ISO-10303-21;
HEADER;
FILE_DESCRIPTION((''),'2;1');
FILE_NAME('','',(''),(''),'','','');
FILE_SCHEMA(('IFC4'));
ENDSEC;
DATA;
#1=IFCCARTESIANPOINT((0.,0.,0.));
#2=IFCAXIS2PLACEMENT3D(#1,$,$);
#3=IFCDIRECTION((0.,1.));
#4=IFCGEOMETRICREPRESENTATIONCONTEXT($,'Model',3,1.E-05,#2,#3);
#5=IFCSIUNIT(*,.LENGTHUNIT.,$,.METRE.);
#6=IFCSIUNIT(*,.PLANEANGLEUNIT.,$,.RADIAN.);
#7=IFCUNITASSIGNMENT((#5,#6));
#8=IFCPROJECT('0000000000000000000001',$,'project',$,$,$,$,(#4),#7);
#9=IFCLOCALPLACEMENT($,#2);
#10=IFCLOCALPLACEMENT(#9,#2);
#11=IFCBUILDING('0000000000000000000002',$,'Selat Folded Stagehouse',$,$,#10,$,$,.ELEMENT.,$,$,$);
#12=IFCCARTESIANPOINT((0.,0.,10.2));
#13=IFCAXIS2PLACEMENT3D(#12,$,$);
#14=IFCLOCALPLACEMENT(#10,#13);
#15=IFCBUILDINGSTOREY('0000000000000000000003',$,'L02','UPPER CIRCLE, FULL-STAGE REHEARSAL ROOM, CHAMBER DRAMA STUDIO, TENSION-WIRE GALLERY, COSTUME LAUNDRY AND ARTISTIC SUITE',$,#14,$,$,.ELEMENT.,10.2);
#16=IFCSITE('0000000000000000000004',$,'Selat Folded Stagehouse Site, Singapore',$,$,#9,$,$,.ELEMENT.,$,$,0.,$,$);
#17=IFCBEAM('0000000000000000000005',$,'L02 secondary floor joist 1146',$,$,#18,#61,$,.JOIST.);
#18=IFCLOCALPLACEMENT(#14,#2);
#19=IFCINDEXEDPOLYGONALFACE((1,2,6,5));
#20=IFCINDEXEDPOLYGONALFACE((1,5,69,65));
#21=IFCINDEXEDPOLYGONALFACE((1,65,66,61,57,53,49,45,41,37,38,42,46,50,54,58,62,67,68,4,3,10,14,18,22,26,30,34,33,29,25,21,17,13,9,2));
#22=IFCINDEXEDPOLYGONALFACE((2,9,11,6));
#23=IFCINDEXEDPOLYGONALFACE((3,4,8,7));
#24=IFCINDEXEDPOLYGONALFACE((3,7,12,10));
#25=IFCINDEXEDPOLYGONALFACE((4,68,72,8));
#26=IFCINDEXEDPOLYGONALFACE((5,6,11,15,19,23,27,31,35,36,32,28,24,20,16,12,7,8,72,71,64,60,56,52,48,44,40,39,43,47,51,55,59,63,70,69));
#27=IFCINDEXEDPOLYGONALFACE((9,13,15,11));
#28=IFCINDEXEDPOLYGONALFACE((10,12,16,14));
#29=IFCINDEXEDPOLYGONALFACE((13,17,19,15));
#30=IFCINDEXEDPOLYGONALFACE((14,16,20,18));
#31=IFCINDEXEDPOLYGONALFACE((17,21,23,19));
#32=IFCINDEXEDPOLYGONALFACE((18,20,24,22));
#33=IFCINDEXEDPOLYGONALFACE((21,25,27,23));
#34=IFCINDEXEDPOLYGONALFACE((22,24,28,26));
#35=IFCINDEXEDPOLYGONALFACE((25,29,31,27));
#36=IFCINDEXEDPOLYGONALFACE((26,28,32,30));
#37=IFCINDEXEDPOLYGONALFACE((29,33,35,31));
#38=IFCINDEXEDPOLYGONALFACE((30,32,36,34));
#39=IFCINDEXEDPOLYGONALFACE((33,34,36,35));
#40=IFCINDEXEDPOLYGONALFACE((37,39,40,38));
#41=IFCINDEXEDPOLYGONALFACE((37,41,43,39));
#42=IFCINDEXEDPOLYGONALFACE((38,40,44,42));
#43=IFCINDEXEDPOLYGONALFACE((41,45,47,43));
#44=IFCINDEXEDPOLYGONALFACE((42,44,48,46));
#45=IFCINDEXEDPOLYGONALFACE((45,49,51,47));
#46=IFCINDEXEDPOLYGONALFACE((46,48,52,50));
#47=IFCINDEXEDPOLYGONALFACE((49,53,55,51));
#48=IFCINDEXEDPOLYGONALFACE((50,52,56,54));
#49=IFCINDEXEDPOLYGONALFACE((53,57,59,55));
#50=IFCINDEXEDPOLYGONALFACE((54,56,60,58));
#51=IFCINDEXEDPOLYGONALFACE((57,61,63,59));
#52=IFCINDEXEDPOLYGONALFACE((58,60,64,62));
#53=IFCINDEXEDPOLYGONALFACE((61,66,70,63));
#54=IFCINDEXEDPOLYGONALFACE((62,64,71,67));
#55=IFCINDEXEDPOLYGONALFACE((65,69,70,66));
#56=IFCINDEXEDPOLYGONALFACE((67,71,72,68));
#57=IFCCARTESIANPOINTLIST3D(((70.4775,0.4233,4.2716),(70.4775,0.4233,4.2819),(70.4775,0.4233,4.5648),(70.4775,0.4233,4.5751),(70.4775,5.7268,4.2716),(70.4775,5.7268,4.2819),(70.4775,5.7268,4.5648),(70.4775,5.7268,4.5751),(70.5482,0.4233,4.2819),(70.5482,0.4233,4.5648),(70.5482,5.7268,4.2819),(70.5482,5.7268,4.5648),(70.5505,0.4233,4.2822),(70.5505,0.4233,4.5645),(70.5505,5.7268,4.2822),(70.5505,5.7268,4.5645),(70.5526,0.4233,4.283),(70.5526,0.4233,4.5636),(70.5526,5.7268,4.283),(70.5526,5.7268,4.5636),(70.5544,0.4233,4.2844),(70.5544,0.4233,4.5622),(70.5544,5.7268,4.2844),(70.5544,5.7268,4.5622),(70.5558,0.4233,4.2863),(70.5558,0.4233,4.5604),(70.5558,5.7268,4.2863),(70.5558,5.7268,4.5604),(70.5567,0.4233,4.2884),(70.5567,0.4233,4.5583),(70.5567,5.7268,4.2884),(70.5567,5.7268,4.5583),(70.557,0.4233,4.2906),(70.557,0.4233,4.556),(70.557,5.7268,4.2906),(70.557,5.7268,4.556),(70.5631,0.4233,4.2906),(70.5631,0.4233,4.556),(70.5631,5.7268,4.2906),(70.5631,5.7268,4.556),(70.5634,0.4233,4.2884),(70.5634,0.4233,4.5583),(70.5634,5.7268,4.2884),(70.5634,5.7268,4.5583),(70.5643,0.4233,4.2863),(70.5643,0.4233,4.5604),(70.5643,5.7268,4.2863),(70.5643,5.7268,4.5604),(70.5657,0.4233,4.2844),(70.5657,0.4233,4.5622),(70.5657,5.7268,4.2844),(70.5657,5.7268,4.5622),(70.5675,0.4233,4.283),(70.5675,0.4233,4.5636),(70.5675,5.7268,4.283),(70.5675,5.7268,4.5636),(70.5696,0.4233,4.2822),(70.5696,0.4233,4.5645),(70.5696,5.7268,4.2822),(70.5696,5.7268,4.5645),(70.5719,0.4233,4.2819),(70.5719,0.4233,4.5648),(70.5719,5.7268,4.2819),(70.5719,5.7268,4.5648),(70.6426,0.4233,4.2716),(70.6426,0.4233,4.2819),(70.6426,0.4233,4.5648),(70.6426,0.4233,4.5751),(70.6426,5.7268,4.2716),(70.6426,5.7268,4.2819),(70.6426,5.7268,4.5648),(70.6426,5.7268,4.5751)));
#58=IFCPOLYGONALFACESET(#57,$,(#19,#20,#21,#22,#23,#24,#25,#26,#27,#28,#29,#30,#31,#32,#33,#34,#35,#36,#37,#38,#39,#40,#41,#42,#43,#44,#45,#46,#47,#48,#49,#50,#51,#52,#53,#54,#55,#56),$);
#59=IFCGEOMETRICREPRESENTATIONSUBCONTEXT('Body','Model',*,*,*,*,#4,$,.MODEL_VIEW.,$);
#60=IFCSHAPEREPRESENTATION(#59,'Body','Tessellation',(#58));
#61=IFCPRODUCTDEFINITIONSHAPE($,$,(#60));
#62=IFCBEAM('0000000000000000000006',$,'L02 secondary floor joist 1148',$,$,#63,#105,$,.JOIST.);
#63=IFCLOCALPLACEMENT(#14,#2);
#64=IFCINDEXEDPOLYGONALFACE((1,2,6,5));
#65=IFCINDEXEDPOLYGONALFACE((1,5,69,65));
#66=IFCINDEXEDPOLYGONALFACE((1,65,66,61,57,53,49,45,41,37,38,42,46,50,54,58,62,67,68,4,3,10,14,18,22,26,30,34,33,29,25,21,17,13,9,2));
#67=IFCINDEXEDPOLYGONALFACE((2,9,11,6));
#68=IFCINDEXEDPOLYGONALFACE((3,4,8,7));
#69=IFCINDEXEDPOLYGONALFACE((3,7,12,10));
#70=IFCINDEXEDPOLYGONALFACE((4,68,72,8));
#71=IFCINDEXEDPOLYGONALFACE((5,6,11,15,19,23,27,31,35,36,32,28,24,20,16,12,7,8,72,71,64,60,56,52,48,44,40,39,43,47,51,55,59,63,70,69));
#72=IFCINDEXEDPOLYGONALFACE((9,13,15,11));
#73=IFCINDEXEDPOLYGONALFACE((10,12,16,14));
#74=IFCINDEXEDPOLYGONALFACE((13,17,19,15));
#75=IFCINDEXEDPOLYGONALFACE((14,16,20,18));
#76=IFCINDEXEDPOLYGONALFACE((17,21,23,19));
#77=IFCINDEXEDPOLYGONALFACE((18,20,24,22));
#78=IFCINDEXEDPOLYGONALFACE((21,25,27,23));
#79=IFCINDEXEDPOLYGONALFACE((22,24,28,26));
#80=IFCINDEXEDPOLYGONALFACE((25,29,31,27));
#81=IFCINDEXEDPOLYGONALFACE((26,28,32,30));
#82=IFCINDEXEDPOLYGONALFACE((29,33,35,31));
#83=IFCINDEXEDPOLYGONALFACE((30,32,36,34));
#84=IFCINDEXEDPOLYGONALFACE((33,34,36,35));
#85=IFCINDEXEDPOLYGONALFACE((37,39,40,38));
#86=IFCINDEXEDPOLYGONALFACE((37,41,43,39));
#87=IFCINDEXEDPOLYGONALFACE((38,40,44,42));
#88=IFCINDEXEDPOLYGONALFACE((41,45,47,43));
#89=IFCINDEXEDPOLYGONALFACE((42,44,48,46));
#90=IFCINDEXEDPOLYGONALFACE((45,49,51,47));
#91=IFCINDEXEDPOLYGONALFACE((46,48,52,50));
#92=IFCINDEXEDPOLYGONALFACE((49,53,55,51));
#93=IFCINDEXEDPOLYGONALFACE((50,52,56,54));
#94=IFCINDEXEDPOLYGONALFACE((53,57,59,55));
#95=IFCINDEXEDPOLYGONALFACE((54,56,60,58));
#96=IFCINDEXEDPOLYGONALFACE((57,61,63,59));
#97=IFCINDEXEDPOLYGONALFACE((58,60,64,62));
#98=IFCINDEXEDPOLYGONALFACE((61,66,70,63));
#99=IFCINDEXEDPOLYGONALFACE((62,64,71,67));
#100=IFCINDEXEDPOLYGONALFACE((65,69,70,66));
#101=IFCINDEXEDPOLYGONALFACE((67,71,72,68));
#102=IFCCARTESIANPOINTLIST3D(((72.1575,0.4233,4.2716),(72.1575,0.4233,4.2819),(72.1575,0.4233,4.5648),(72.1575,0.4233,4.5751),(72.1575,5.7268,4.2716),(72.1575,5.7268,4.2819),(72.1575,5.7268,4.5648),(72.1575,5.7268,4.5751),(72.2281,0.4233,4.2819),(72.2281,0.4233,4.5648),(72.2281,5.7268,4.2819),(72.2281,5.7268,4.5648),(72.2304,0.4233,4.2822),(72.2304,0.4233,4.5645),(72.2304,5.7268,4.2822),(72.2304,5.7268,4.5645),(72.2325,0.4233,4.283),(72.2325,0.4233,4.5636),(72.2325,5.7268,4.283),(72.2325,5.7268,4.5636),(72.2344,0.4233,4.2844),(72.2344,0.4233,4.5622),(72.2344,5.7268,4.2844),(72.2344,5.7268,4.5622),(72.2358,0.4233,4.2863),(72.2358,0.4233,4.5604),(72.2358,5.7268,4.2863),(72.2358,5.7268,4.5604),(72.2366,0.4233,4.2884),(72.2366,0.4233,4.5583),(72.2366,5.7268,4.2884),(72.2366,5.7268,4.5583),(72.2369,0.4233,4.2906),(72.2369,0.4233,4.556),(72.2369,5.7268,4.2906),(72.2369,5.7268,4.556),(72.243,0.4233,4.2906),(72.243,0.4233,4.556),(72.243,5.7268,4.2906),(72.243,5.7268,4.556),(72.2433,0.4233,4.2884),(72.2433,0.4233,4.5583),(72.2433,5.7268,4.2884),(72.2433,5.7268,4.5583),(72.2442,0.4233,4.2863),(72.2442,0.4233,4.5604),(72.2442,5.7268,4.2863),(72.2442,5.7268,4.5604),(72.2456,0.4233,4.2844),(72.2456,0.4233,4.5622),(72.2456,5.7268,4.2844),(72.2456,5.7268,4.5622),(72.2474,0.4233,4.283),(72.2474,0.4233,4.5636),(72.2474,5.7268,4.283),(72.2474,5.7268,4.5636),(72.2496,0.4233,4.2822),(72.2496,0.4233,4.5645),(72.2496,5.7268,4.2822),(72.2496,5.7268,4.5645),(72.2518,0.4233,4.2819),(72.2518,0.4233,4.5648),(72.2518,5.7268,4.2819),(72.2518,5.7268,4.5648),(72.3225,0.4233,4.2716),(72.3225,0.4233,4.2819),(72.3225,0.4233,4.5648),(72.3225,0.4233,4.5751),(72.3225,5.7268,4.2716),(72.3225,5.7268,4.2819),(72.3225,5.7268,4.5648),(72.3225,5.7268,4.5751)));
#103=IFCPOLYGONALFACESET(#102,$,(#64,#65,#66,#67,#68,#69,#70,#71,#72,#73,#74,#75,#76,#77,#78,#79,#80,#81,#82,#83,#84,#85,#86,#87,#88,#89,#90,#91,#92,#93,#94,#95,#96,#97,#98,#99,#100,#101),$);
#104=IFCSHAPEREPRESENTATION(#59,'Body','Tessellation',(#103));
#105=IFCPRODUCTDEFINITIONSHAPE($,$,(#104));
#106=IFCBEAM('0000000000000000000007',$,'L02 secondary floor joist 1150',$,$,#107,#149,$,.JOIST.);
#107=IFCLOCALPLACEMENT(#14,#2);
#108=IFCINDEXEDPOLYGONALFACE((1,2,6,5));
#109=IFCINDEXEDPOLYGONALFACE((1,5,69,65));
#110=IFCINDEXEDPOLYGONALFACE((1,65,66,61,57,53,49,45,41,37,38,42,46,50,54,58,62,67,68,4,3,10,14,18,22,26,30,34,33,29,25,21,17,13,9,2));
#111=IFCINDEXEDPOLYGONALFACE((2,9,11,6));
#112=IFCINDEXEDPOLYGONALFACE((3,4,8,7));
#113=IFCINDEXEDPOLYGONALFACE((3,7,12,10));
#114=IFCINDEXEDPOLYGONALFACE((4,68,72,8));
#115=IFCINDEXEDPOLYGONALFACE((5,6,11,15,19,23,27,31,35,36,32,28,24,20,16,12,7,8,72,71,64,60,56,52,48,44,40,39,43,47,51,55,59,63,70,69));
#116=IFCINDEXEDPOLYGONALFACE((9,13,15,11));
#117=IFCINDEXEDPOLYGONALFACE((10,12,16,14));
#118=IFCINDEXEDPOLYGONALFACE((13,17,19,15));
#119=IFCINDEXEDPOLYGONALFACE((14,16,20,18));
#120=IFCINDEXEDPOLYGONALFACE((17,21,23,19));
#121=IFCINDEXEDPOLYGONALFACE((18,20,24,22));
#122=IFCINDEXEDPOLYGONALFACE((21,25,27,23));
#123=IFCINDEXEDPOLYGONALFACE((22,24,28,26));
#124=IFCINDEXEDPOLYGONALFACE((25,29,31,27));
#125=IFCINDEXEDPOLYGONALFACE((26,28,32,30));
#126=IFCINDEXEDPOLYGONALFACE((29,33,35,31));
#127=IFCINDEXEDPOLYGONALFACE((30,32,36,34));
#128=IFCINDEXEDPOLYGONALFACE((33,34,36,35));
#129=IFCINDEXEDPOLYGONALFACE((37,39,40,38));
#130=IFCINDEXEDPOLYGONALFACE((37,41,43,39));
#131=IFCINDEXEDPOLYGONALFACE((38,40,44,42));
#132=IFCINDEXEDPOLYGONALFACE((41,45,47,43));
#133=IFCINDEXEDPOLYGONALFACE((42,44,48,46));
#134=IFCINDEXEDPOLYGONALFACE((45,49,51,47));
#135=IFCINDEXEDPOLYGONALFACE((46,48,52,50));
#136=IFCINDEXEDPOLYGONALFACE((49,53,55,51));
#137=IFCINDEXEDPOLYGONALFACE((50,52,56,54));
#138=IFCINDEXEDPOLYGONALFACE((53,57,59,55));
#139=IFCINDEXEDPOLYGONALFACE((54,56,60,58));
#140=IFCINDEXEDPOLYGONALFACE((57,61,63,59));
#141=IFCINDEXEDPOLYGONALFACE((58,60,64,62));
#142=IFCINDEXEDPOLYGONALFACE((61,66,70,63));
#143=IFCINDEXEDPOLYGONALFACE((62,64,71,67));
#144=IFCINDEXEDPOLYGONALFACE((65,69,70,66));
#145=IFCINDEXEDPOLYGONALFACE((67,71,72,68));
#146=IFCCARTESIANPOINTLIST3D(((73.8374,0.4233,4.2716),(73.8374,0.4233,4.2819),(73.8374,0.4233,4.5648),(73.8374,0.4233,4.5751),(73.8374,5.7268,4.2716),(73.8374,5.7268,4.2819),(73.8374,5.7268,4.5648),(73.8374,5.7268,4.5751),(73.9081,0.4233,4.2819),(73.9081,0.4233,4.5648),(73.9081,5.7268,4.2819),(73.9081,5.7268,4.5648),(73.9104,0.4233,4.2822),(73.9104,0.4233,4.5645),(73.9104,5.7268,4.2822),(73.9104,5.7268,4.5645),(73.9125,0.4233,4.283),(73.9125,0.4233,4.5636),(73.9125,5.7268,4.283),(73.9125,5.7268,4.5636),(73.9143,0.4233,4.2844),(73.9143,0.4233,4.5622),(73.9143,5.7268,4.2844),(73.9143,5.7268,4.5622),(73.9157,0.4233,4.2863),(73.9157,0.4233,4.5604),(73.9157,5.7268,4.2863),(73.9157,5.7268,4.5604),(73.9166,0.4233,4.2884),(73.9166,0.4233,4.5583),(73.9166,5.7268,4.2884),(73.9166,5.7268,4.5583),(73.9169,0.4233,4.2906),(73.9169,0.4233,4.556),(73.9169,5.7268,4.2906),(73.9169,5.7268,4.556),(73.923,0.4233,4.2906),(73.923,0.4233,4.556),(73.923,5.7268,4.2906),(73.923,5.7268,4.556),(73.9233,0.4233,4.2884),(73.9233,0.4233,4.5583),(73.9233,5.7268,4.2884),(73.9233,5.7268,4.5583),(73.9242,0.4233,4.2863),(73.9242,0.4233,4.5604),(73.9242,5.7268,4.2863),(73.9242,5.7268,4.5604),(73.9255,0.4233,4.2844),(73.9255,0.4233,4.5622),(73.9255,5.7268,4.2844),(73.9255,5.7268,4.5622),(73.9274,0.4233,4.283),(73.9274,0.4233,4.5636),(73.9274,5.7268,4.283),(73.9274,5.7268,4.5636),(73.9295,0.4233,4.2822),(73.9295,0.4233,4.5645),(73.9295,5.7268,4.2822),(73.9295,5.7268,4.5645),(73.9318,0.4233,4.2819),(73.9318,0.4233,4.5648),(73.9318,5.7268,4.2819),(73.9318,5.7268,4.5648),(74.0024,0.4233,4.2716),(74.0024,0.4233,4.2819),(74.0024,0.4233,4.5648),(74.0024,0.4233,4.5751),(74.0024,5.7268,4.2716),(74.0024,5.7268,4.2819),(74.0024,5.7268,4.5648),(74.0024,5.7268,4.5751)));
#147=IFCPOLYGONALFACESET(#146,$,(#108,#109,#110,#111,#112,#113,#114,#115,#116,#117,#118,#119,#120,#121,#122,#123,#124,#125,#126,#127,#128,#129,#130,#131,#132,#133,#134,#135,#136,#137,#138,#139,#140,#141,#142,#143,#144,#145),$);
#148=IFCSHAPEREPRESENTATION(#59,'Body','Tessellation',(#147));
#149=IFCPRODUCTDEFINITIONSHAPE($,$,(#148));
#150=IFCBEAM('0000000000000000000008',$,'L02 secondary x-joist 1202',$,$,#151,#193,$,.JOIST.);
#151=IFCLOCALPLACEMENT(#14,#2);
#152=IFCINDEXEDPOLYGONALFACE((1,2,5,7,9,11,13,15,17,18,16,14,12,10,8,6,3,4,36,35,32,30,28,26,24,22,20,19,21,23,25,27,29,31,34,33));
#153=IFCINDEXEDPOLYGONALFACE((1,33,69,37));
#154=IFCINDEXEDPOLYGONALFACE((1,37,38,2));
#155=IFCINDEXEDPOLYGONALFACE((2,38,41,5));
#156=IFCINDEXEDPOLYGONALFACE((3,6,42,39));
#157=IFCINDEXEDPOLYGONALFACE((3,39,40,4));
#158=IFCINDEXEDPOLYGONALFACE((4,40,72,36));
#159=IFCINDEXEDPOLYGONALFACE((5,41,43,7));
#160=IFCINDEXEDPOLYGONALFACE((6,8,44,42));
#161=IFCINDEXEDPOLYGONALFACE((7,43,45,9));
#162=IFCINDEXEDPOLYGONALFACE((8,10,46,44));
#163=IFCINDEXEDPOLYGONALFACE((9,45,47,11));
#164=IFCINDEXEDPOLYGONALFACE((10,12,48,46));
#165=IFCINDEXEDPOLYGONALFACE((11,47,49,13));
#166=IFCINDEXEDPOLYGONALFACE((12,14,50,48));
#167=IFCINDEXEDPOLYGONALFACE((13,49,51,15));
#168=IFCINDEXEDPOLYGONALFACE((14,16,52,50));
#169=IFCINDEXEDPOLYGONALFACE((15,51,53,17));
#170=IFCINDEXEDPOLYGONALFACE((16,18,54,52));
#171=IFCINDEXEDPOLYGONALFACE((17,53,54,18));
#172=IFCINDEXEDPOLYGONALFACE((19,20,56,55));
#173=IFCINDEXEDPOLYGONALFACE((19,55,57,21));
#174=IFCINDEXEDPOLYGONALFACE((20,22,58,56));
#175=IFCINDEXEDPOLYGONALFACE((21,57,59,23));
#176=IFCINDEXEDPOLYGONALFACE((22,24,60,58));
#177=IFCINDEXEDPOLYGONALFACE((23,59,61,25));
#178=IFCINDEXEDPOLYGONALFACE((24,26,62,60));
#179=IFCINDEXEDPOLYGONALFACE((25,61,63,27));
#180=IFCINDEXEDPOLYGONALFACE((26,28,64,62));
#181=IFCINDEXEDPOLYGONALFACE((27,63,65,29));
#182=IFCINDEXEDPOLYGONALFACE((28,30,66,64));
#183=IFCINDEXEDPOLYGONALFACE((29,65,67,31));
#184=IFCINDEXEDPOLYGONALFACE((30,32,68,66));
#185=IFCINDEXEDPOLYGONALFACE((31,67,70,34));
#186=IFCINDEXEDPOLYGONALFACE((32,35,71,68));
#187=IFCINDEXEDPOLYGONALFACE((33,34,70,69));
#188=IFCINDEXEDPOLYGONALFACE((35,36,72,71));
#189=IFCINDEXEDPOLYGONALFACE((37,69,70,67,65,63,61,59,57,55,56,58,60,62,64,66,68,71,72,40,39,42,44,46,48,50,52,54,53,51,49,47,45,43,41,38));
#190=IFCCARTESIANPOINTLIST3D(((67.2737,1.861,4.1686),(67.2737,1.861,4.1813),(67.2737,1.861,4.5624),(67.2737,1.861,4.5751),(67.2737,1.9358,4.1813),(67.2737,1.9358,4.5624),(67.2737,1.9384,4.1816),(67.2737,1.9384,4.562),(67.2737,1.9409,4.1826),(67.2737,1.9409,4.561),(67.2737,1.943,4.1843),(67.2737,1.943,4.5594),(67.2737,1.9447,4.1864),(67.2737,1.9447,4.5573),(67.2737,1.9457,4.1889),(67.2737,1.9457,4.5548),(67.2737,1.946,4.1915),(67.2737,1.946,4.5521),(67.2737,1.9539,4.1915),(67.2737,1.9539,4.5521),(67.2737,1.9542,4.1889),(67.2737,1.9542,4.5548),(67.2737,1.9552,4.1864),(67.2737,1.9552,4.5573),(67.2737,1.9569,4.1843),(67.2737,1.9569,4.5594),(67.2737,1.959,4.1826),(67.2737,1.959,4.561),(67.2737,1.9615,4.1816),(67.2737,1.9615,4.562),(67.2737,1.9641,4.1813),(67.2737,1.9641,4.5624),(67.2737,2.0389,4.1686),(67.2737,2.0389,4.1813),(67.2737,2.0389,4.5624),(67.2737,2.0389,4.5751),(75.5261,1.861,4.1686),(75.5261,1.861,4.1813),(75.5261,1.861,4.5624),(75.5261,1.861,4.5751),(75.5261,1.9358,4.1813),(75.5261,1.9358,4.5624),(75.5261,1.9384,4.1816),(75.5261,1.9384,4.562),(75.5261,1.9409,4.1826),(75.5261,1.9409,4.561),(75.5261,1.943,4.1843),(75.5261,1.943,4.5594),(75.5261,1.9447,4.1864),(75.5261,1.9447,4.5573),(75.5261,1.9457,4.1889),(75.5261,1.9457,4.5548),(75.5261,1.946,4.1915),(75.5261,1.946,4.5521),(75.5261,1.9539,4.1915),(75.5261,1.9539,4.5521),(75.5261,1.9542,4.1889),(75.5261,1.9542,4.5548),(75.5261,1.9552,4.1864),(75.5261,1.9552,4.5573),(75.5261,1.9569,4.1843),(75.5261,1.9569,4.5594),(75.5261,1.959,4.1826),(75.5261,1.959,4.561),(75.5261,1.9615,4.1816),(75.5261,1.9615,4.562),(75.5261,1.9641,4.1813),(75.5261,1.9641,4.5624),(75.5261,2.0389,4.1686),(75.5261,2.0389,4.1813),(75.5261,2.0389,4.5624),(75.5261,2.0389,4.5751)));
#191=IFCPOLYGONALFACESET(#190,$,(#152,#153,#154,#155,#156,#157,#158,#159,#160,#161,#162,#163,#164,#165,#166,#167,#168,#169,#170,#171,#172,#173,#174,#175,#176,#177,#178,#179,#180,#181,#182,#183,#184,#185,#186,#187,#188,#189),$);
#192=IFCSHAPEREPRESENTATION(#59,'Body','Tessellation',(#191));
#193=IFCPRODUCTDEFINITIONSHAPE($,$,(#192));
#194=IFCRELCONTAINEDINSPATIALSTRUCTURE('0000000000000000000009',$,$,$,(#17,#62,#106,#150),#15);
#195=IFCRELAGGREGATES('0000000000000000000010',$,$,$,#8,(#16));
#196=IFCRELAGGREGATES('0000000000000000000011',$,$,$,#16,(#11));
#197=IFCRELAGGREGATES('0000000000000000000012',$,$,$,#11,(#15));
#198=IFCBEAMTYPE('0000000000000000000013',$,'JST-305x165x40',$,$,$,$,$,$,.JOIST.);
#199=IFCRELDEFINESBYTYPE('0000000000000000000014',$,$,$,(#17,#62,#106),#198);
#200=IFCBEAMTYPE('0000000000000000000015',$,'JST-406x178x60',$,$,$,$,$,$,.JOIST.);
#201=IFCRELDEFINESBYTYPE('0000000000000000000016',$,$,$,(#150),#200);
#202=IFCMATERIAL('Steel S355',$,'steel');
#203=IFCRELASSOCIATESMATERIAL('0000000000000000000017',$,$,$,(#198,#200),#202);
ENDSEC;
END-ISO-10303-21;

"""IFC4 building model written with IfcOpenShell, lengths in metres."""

from ifc_helpers import new_model, si_unit, direction, frame, origin, origin_2d, place, context, subcontext, project, spatial, i_section, extrude, material, material_profile, profile_set, type_object, element, save


model = new_model("IFC4")

# Units and contexts
model_context = context("Model", 3, precision=1e-05, world=origin(), true_north=direction((0.0, 1.0)))
body_context = subcontext(model_context, "Body", "Model", "MODEL_VIEW")
ifc_project = project(units=[si_unit("LENGTHUNIT", "METRE"), si_unit("PLANEANGLEUNIT", "RADIAN")], contexts=[model_context])

# Site, building, storey
site_placement = place(None, origin())
site = spatial("IfcSite", under=ifc_project, at=site_placement, Name="Selat Folded Stagehouse Site, Singapore", CompositionType="ELEMENT", RefElevation=0.0)
building_placement = place(site_placement, origin())
building = spatial("IfcBuilding", under=site, at=building_placement, Name="Selat Folded Stagehouse", CompositionType="ELEMENT")
storey_placement = place(building_placement, frame((0.0, 0.0, 10.2)))
storey = spatial("IfcBuildingStorey", under=building, at=storey_placement, Name="L02", Description="UPPER CIRCLE, FULL-STAGE REHEARSAL ROOM, CHAMBER DRAMA STUDIO, TENSION-WIRE GALLERY, COSTUME LAUNDRY AND ARTISTIC SUITE", CompositionType="ELEMENT", Elevation=10.2)

# Shared definitions
ifc_material_1 = material(Name="Steel S355", Category="steel")

# Beams
ifc_material_profile_1 = material_profile(ifc_material_1, i_section(OverallWidth=0.165, OverallDepth=0.3035, WebThickness=0.0061, FlangeThickness=0.0103, FilletRadius=0.0088, at=origin_2d()), Name="UKB 305x165x40")
ifc_profile_set_1 = profile_set([ifc_material_profile_1], Name="Steel S355")
beam_type_1 = type_object("IfcBeamType", Name="JST-305x165x40", PredefinedType="JOIST", material=ifc_profile_set_1)
for number, where, z_axis, x_axis, name in (
    (1, (70.5601, 0.4233, 4.4233), (0.0, 1.0, 0.0), (-1.0, 0.0, 0.0), "L02 secondary floor joist 1146"),
    (2, (72.24, 0.4233, 4.4233), (0.0, 1.0, 0.0), (-1.0, 0.0, 0.0), "L02 secondary floor joist 1148"),
    (3, (73.9199, 0.4233, 4.4233), (0.0, 1.0, 0.0), (-1.0, 0.0, 0.0), "L02 secondary floor joist 1150"),
):
    element("IfcBeam", number, at=place(storey_placement, frame(where, z_axis=z_axis, x_axis=x_axis)), inside=storey, type_object=beam_type_1, Name=name, PredefinedType="JOIST", context=body_context, shape_type="SweptSolid", body=[
        extrude(i_section(OverallWidth=0.165, OverallDepth=0.3035, WebThickness=0.0061, FlangeThickness=0.0103, FilletRadius=0.0088, at=origin_2d()), origin(), (0.0, 0.0, 1.0), 5.3035),
    ])
ifc_material_profile_2 = material_profile(ifc_material_1, i_section(OverallWidth=0.178, OverallDepth=0.4065, WebThickness=0.0078, FlangeThickness=0.0127, FilletRadius=0.0103, at=origin_2d()), Name="UKB 406x178x60")
ifc_profile_set_2 = profile_set([ifc_material_profile_2], Name="Steel S355")
beam_type_2 = type_object("IfcBeamType", Name="JST-406x178x60", PredefinedType="JOIST", material=ifc_profile_set_2)
for number, where, z_axis, x_axis, name in (
    (4, (67.2737, 1.95, 4.3718), (1.0, 0.0, 0.0), (0.0, 1.0, 0.0), "L02 secondary x-joist 1202"),
):
    element("IfcBeam", number, at=place(storey_placement, frame(where, z_axis=z_axis, x_axis=x_axis)), inside=storey, type_object=beam_type_2, Name=name, PredefinedType="JOIST", context=body_context, shape_type="SweptSolid", body=[
        extrude(i_section(OverallWidth=0.178, OverallDepth=0.4065, WebThickness=0.0078, FlangeThickness=0.0127, FilletRadius=0.0103, at=origin_2d()), origin(), (0.0, 0.0, 1.0), 8.2524),
    ])

save(model, "model.ifc")
